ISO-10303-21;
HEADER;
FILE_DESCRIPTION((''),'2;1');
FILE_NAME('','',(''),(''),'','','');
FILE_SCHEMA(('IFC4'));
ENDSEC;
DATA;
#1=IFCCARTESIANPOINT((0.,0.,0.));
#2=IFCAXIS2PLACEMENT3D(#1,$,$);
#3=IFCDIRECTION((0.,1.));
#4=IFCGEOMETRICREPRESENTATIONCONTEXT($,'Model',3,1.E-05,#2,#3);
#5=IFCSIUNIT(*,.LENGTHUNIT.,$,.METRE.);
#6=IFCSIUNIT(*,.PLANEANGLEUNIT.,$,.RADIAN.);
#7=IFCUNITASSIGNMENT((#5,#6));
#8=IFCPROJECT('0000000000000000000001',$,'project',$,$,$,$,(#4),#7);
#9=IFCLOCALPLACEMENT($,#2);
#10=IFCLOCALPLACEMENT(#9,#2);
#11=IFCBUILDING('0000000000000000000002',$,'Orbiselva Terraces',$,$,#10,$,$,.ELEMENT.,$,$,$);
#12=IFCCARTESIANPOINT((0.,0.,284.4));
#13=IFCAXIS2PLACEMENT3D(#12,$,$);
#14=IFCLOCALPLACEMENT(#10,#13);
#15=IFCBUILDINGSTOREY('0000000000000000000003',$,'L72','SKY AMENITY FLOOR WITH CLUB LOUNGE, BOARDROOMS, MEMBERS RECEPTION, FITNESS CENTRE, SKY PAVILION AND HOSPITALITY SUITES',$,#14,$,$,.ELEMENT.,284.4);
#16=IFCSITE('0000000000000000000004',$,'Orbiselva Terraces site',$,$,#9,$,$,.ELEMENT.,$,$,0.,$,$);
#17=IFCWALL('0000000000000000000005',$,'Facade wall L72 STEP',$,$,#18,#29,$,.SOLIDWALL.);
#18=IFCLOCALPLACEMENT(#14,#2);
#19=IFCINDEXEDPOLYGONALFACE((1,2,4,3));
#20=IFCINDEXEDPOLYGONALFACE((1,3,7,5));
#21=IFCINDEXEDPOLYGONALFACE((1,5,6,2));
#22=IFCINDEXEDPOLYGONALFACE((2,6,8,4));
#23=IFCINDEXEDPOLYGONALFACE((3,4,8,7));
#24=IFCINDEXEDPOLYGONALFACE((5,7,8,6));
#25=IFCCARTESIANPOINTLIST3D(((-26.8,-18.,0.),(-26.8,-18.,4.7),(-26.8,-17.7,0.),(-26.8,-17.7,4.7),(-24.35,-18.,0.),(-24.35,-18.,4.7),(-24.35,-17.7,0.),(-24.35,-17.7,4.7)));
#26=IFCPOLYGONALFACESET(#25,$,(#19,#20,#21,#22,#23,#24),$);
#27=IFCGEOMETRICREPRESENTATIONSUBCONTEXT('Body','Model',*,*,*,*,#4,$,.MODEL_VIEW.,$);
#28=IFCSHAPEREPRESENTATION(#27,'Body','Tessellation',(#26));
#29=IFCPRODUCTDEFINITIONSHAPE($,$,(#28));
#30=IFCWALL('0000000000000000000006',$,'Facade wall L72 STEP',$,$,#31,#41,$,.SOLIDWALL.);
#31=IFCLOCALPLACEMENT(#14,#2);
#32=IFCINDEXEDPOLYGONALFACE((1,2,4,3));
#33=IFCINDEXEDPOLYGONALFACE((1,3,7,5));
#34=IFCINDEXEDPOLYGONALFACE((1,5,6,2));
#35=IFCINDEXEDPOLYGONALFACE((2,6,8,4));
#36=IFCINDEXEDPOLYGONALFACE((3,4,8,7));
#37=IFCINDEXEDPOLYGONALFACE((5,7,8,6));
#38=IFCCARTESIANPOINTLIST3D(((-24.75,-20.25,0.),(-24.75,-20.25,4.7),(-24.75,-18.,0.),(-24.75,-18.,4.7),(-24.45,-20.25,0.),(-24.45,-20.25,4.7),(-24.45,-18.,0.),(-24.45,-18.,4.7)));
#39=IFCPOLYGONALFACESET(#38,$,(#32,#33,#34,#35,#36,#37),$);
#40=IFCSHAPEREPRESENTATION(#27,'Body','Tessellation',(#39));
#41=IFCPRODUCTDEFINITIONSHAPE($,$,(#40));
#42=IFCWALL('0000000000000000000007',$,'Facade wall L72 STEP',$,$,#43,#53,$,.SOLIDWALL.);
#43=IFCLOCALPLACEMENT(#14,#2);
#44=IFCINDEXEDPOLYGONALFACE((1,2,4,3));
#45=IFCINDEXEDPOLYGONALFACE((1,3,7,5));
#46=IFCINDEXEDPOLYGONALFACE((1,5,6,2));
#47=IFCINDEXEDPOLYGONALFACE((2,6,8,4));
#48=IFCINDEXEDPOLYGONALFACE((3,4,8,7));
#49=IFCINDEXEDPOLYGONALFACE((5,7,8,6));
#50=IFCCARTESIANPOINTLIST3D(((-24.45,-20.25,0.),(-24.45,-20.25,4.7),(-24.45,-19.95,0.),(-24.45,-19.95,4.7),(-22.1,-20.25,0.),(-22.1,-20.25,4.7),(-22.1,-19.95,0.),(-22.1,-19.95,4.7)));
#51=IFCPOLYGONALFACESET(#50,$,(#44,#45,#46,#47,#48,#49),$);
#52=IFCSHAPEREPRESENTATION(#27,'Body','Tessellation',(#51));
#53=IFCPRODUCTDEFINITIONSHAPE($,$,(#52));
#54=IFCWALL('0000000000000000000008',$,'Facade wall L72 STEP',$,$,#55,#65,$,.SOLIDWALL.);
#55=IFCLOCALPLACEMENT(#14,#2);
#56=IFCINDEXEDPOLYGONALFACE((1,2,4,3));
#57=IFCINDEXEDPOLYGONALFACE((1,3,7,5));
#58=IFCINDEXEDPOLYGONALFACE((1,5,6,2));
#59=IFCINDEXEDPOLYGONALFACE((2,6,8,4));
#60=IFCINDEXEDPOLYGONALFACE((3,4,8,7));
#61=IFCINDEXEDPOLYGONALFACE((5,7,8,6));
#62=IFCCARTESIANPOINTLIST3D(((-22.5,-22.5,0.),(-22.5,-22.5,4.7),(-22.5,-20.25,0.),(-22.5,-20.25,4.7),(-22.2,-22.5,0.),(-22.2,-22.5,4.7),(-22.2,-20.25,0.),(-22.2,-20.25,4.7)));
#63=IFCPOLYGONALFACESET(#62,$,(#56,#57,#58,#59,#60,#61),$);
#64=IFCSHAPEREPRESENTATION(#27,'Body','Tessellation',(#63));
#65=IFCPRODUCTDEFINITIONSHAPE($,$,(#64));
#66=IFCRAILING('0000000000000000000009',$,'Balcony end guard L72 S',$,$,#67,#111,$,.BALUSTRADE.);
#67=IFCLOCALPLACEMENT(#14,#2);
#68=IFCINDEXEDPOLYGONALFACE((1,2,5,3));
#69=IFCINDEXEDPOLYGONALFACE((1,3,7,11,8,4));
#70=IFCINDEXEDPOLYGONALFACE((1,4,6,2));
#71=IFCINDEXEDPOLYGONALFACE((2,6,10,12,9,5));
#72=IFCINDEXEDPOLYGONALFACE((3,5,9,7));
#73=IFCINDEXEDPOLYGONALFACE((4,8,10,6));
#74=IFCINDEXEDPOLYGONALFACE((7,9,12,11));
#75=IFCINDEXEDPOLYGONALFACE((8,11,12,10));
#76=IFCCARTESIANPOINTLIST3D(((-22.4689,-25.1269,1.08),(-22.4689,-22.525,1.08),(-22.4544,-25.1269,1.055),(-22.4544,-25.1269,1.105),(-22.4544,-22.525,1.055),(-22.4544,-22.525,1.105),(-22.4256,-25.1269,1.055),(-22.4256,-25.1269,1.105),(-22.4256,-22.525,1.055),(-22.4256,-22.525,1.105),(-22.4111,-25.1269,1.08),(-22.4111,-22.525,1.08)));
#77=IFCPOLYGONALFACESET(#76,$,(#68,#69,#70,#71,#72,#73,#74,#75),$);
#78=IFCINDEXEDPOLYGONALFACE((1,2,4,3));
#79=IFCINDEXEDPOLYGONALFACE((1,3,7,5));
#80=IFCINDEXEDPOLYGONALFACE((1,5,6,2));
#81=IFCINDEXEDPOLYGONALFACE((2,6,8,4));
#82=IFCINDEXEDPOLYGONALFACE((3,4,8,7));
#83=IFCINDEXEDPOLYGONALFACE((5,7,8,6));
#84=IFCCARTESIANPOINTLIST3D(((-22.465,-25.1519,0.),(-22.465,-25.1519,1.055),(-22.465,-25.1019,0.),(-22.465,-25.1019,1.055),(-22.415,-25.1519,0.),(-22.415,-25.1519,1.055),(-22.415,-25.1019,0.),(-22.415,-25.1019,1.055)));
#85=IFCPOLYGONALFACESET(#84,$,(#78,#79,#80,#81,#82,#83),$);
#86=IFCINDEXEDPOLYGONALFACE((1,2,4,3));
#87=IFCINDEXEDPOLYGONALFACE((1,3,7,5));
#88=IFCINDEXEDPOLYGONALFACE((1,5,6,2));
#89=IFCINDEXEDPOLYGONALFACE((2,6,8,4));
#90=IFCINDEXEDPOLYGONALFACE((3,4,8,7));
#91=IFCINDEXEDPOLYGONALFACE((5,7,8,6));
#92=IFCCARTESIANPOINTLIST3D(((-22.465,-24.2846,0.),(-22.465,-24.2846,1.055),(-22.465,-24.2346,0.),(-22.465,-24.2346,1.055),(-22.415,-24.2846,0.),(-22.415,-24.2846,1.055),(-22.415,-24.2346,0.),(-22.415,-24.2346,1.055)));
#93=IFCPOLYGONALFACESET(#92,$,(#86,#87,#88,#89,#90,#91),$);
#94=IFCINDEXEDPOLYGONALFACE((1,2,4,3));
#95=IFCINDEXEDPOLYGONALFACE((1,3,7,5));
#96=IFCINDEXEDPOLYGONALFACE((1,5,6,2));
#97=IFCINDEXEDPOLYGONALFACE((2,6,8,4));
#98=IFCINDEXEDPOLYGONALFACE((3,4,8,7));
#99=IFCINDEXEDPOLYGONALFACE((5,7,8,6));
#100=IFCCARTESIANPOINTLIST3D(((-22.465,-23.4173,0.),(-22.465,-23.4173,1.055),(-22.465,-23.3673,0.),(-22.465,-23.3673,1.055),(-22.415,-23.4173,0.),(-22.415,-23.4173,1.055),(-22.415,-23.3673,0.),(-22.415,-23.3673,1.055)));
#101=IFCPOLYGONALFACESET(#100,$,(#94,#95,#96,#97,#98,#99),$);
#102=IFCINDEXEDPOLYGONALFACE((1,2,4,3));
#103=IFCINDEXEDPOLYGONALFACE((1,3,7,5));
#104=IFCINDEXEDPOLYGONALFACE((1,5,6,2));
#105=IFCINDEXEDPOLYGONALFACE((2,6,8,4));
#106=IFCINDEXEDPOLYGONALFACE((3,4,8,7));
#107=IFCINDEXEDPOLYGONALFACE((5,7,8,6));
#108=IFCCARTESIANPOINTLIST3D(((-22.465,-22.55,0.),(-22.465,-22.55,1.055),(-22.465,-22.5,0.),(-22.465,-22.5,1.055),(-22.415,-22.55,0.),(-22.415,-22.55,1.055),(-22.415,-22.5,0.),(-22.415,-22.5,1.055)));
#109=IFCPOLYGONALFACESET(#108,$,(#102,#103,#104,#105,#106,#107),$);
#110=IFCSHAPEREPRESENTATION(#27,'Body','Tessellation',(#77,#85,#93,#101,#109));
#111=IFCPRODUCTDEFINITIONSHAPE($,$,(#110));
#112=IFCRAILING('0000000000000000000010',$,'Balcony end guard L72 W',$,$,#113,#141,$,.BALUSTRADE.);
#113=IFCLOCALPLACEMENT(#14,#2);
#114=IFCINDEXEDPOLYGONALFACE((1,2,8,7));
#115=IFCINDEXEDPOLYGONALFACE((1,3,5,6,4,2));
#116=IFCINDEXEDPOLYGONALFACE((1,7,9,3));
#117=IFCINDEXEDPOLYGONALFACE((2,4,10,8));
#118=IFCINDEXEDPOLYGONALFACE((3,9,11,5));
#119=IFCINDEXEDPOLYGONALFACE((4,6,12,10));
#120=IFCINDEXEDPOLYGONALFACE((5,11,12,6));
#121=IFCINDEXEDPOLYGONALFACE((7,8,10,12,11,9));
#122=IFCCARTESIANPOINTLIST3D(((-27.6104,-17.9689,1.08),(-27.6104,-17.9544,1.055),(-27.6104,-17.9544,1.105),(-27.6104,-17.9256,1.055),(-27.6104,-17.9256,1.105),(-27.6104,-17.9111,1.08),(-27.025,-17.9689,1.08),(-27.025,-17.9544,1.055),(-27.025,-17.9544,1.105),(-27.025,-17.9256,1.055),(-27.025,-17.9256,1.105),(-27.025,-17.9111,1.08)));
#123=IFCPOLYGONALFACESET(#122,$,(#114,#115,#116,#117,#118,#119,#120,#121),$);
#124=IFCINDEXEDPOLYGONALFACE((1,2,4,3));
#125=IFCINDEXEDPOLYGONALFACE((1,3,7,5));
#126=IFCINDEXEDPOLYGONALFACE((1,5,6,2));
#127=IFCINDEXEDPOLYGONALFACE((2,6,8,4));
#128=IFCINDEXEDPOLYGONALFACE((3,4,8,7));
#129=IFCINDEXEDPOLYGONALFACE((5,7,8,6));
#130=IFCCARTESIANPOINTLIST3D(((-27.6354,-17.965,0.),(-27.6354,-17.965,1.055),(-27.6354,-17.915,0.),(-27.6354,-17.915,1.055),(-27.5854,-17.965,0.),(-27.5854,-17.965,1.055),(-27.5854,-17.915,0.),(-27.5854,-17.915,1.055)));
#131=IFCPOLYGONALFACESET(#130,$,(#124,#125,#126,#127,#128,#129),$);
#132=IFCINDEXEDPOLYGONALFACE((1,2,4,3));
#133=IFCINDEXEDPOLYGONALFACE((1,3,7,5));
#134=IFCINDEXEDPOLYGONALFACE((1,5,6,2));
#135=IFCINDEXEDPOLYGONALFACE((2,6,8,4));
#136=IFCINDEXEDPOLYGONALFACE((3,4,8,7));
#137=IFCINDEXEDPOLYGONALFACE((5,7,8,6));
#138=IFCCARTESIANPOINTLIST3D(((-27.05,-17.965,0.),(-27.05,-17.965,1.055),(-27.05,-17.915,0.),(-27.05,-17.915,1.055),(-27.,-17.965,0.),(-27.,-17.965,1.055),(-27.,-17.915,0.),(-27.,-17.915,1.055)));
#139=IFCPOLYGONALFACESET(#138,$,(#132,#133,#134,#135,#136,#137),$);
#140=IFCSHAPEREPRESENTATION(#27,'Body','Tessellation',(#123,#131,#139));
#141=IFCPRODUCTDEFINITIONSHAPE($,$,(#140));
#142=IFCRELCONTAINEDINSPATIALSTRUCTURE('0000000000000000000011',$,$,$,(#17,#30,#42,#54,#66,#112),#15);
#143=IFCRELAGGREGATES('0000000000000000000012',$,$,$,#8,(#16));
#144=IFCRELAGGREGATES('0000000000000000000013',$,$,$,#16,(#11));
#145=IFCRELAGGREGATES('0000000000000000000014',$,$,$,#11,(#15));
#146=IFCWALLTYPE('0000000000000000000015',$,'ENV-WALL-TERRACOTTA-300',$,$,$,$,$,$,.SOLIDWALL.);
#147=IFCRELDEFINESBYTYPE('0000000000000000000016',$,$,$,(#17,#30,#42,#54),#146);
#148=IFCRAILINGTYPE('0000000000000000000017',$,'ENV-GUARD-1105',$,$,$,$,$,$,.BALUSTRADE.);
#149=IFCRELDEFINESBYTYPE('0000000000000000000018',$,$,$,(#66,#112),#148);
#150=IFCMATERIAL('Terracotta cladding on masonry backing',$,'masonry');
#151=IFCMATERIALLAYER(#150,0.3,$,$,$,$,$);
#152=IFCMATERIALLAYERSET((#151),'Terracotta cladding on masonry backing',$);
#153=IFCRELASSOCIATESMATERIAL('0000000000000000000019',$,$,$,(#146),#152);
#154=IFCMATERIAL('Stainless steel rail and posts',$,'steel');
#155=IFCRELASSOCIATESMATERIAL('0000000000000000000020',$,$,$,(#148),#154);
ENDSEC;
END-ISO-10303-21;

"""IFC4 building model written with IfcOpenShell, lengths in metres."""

from ifc_helpers import new_model, si_unit, direction, frame, frame_2d, origin, origin_2d, place, context, subcontext, project, spatial, polyline, rectangle, outline, extrude, material, layer, layer_set, type_object, element, save


model = new_model("IFC4")

# Units and contexts
model_context = context("Model", 3, precision=1e-05, world=origin(), true_north=direction((0.0, 1.0)))
body_context = subcontext(model_context, "Body", "Model", "MODEL_VIEW")
ifc_project = project(units=[si_unit("LENGTHUNIT", "METRE"), si_unit("PLANEANGLEUNIT", "RADIAN")], contexts=[model_context])

# Site, building, storey
site_placement = place(None, origin())
site = spatial("IfcSite", under=ifc_project, at=site_placement, Name="Orbiselva Terraces site", CompositionType="ELEMENT", RefElevation=0.0)
building_placement = place(site_placement, origin())
building = spatial("IfcBuilding", under=site, at=building_placement, Name="Orbiselva Terraces", CompositionType="ELEMENT")
storey_placement = place(building_placement, frame((0.0, 0.0, 284.4)))
storey = spatial("IfcBuildingStorey", under=building, at=storey_placement, Name="L72", Description="SKY AMENITY FLOOR WITH CLUB LOUNGE, BOARDROOMS, MEMBERS RECEPTION, FITNESS CENTRE, SKY PAVILION AND HOSPITALITY SUITES", CompositionType="ELEMENT", Elevation=284.4)

# Walls
ifc_material_1 = material(Name="Terracotta cladding on masonry backing", Category="masonry")
ifc_layer_1 = layer(ifc_material_1, 0.3)
ifc_layer_set_1 = layer_set([ifc_layer_1], Name="Terracotta cladding on masonry backing")
wall_type = type_object("IfcWallType", Name="ENV-WALL-TERRACOTTA-300", PredefinedType="SOLIDWALL", material=ifc_layer_set_1)
wall_1_placement = place(storey_placement, frame((-24.35, -17.85, 0.0), z_axis=(0.0, 0.0, 1.0), x_axis=(-1.0, 0.0, 0.0)))
element("IfcWall", 1, at=wall_1_placement, inside=storey, type_object=wall_type, Name="Facade wall L72 STEP", PredefinedType="SOLIDWALL", context=body_context, shape_type="SweptSolid", body=[
    extrude(rectangle(XDim=2.45, YDim=0.3, at=frame_2d((1.225, 0.0))), origin(), (0.0, 0.0, 1.0), 4.7),
])
wall_2_placement = place(storey_placement, frame((-24.6, -20.25, 0.0), z_axis=(0.0, 0.0, 1.0), x_axis=(0.0, 1.0, 0.0)))
element("IfcWall", 2, at=wall_2_placement, inside=storey, type_object=wall_type, Name="Facade wall L72 STEP", PredefinedType="SOLIDWALL", context=body_context, shape_type="SweptSolid", body=[
    extrude(rectangle(XDim=2.25, YDim=0.3, at=frame_2d((1.125, 0.0))), origin(), (0.0, 0.0, 1.0), 4.7),
])
wall_3_placement = place(storey_placement, frame((-22.1, -20.1, 0.0), z_axis=(0.0, 0.0, 1.0), x_axis=(-1.0, 0.0, 0.0)))
element("IfcWall", 3, at=wall_3_placement, inside=storey, type_object=wall_type, Name="Facade wall L72 STEP", PredefinedType="SOLIDWALL", context=body_context, shape_type="SweptSolid", body=[
    extrude(rectangle(XDim=2.35, YDim=0.3, at=frame_2d((1.175, 0.0))), origin(), (0.0, 0.0, 1.0), 4.7),
])
wall_4_placement = place(storey_placement, frame((-22.35, -22.5, 0.0), z_axis=(0.0, 0.0, 1.0), x_axis=(0.0, 1.0, 0.0)))
element("IfcWall", 4, at=wall_4_placement, inside=storey, type_object=wall_type, Name="Facade wall L72 STEP", PredefinedType="SOLIDWALL", context=body_context, shape_type="SweptSolid", body=[
    extrude(rectangle(XDim=2.25, YDim=0.3, at=frame_2d((1.125, 0.0))), origin(), (0.0, 0.0, 1.0), 4.7),
])

# Railings
ifc_material_2 = material(Name="Stainless steel rail and posts", Category="steel")
railing_type_1 = type_object("IfcRailingType", Name="ENV-GUARD-1105", PredefinedType="BALUSTRADE", material=ifc_material_2)
railing_1_placement = place(storey_placement, frame((-22.44, -25.1269, 0.0)))
element("IfcRailing", 5, at=railing_1_placement, inside=storey, type_object=railing_type_1, Name="Balcony end guard L72 S", PredefinedType="BALUSTRADE", context=body_context, shape_type="SweptSolid", body=[
    extrude(outline(polyline([(0.0289, 0.0), (0.0144, 0.025), (-0.0144, 0.025), (-0.0289, 0.0), (-0.0144, -0.025), (0.0144, -0.025), (0.0289, 0.0)])), frame((0.0, 0.0, 1.08), z_axis=(0.0, 1.0, 0.0), x_axis=(-1.0, 0.0, 0.0)), (0.0, 0.0, 1.0), 2.6019),
    extrude(rectangle(XDim=0.05, YDim=0.05, at=origin_2d()), origin(), (0.0, 0.0, 1.0), 1.055),
    extrude(rectangle(XDim=0.05, YDim=0.05, at=origin_2d()), frame((0.0, 0.8673, 0.0)), (0.0, 0.0, 1.0), 1.055),
    extrude(rectangle(XDim=0.05, YDim=0.05, at=origin_2d()), frame((0.0, 1.7346, 0.0)), (0.0, 0.0, 1.0), 1.055),
    extrude(rectangle(XDim=0.05, YDim=0.05, at=origin_2d()), frame((0.0, 2.6019, 0.0)), (0.0, 0.0, 1.0), 1.055),
])
railing_2_placement = place(storey_placement, frame((-27.6104, -17.94, 0.0)))
element("IfcRailing", 6, at=railing_2_placement, inside=storey, type_object=railing_type_1, Name="Balcony end guard L72 W", PredefinedType="BALUSTRADE", context=body_context, shape_type="SweptSolid", body=[
    extrude(outline(polyline([(0.0289, 0.0), (0.0144, 0.025), (-0.0144, 0.025), (-0.0289, 0.0), (-0.0144, -0.025), (0.0144, -0.025), (0.0289, 0.0)])), frame((0.0, 0.0, 1.08), z_axis=(1.0, 0.0, 0.0), x_axis=(0.0, 1.0, 0.0)), (0.0, 0.0, 1.0), 0.5854),
    extrude(rectangle(XDim=0.05, YDim=0.05, at=origin_2d()), origin(), (0.0, 0.0, 1.0), 1.055),
    extrude(rectangle(XDim=0.05, YDim=0.05, at=origin_2d()), frame((0.5854, 0.0, 0.0)), (0.0, 0.0, 1.0), 1.055),
])

save(model, "model.ifc")
